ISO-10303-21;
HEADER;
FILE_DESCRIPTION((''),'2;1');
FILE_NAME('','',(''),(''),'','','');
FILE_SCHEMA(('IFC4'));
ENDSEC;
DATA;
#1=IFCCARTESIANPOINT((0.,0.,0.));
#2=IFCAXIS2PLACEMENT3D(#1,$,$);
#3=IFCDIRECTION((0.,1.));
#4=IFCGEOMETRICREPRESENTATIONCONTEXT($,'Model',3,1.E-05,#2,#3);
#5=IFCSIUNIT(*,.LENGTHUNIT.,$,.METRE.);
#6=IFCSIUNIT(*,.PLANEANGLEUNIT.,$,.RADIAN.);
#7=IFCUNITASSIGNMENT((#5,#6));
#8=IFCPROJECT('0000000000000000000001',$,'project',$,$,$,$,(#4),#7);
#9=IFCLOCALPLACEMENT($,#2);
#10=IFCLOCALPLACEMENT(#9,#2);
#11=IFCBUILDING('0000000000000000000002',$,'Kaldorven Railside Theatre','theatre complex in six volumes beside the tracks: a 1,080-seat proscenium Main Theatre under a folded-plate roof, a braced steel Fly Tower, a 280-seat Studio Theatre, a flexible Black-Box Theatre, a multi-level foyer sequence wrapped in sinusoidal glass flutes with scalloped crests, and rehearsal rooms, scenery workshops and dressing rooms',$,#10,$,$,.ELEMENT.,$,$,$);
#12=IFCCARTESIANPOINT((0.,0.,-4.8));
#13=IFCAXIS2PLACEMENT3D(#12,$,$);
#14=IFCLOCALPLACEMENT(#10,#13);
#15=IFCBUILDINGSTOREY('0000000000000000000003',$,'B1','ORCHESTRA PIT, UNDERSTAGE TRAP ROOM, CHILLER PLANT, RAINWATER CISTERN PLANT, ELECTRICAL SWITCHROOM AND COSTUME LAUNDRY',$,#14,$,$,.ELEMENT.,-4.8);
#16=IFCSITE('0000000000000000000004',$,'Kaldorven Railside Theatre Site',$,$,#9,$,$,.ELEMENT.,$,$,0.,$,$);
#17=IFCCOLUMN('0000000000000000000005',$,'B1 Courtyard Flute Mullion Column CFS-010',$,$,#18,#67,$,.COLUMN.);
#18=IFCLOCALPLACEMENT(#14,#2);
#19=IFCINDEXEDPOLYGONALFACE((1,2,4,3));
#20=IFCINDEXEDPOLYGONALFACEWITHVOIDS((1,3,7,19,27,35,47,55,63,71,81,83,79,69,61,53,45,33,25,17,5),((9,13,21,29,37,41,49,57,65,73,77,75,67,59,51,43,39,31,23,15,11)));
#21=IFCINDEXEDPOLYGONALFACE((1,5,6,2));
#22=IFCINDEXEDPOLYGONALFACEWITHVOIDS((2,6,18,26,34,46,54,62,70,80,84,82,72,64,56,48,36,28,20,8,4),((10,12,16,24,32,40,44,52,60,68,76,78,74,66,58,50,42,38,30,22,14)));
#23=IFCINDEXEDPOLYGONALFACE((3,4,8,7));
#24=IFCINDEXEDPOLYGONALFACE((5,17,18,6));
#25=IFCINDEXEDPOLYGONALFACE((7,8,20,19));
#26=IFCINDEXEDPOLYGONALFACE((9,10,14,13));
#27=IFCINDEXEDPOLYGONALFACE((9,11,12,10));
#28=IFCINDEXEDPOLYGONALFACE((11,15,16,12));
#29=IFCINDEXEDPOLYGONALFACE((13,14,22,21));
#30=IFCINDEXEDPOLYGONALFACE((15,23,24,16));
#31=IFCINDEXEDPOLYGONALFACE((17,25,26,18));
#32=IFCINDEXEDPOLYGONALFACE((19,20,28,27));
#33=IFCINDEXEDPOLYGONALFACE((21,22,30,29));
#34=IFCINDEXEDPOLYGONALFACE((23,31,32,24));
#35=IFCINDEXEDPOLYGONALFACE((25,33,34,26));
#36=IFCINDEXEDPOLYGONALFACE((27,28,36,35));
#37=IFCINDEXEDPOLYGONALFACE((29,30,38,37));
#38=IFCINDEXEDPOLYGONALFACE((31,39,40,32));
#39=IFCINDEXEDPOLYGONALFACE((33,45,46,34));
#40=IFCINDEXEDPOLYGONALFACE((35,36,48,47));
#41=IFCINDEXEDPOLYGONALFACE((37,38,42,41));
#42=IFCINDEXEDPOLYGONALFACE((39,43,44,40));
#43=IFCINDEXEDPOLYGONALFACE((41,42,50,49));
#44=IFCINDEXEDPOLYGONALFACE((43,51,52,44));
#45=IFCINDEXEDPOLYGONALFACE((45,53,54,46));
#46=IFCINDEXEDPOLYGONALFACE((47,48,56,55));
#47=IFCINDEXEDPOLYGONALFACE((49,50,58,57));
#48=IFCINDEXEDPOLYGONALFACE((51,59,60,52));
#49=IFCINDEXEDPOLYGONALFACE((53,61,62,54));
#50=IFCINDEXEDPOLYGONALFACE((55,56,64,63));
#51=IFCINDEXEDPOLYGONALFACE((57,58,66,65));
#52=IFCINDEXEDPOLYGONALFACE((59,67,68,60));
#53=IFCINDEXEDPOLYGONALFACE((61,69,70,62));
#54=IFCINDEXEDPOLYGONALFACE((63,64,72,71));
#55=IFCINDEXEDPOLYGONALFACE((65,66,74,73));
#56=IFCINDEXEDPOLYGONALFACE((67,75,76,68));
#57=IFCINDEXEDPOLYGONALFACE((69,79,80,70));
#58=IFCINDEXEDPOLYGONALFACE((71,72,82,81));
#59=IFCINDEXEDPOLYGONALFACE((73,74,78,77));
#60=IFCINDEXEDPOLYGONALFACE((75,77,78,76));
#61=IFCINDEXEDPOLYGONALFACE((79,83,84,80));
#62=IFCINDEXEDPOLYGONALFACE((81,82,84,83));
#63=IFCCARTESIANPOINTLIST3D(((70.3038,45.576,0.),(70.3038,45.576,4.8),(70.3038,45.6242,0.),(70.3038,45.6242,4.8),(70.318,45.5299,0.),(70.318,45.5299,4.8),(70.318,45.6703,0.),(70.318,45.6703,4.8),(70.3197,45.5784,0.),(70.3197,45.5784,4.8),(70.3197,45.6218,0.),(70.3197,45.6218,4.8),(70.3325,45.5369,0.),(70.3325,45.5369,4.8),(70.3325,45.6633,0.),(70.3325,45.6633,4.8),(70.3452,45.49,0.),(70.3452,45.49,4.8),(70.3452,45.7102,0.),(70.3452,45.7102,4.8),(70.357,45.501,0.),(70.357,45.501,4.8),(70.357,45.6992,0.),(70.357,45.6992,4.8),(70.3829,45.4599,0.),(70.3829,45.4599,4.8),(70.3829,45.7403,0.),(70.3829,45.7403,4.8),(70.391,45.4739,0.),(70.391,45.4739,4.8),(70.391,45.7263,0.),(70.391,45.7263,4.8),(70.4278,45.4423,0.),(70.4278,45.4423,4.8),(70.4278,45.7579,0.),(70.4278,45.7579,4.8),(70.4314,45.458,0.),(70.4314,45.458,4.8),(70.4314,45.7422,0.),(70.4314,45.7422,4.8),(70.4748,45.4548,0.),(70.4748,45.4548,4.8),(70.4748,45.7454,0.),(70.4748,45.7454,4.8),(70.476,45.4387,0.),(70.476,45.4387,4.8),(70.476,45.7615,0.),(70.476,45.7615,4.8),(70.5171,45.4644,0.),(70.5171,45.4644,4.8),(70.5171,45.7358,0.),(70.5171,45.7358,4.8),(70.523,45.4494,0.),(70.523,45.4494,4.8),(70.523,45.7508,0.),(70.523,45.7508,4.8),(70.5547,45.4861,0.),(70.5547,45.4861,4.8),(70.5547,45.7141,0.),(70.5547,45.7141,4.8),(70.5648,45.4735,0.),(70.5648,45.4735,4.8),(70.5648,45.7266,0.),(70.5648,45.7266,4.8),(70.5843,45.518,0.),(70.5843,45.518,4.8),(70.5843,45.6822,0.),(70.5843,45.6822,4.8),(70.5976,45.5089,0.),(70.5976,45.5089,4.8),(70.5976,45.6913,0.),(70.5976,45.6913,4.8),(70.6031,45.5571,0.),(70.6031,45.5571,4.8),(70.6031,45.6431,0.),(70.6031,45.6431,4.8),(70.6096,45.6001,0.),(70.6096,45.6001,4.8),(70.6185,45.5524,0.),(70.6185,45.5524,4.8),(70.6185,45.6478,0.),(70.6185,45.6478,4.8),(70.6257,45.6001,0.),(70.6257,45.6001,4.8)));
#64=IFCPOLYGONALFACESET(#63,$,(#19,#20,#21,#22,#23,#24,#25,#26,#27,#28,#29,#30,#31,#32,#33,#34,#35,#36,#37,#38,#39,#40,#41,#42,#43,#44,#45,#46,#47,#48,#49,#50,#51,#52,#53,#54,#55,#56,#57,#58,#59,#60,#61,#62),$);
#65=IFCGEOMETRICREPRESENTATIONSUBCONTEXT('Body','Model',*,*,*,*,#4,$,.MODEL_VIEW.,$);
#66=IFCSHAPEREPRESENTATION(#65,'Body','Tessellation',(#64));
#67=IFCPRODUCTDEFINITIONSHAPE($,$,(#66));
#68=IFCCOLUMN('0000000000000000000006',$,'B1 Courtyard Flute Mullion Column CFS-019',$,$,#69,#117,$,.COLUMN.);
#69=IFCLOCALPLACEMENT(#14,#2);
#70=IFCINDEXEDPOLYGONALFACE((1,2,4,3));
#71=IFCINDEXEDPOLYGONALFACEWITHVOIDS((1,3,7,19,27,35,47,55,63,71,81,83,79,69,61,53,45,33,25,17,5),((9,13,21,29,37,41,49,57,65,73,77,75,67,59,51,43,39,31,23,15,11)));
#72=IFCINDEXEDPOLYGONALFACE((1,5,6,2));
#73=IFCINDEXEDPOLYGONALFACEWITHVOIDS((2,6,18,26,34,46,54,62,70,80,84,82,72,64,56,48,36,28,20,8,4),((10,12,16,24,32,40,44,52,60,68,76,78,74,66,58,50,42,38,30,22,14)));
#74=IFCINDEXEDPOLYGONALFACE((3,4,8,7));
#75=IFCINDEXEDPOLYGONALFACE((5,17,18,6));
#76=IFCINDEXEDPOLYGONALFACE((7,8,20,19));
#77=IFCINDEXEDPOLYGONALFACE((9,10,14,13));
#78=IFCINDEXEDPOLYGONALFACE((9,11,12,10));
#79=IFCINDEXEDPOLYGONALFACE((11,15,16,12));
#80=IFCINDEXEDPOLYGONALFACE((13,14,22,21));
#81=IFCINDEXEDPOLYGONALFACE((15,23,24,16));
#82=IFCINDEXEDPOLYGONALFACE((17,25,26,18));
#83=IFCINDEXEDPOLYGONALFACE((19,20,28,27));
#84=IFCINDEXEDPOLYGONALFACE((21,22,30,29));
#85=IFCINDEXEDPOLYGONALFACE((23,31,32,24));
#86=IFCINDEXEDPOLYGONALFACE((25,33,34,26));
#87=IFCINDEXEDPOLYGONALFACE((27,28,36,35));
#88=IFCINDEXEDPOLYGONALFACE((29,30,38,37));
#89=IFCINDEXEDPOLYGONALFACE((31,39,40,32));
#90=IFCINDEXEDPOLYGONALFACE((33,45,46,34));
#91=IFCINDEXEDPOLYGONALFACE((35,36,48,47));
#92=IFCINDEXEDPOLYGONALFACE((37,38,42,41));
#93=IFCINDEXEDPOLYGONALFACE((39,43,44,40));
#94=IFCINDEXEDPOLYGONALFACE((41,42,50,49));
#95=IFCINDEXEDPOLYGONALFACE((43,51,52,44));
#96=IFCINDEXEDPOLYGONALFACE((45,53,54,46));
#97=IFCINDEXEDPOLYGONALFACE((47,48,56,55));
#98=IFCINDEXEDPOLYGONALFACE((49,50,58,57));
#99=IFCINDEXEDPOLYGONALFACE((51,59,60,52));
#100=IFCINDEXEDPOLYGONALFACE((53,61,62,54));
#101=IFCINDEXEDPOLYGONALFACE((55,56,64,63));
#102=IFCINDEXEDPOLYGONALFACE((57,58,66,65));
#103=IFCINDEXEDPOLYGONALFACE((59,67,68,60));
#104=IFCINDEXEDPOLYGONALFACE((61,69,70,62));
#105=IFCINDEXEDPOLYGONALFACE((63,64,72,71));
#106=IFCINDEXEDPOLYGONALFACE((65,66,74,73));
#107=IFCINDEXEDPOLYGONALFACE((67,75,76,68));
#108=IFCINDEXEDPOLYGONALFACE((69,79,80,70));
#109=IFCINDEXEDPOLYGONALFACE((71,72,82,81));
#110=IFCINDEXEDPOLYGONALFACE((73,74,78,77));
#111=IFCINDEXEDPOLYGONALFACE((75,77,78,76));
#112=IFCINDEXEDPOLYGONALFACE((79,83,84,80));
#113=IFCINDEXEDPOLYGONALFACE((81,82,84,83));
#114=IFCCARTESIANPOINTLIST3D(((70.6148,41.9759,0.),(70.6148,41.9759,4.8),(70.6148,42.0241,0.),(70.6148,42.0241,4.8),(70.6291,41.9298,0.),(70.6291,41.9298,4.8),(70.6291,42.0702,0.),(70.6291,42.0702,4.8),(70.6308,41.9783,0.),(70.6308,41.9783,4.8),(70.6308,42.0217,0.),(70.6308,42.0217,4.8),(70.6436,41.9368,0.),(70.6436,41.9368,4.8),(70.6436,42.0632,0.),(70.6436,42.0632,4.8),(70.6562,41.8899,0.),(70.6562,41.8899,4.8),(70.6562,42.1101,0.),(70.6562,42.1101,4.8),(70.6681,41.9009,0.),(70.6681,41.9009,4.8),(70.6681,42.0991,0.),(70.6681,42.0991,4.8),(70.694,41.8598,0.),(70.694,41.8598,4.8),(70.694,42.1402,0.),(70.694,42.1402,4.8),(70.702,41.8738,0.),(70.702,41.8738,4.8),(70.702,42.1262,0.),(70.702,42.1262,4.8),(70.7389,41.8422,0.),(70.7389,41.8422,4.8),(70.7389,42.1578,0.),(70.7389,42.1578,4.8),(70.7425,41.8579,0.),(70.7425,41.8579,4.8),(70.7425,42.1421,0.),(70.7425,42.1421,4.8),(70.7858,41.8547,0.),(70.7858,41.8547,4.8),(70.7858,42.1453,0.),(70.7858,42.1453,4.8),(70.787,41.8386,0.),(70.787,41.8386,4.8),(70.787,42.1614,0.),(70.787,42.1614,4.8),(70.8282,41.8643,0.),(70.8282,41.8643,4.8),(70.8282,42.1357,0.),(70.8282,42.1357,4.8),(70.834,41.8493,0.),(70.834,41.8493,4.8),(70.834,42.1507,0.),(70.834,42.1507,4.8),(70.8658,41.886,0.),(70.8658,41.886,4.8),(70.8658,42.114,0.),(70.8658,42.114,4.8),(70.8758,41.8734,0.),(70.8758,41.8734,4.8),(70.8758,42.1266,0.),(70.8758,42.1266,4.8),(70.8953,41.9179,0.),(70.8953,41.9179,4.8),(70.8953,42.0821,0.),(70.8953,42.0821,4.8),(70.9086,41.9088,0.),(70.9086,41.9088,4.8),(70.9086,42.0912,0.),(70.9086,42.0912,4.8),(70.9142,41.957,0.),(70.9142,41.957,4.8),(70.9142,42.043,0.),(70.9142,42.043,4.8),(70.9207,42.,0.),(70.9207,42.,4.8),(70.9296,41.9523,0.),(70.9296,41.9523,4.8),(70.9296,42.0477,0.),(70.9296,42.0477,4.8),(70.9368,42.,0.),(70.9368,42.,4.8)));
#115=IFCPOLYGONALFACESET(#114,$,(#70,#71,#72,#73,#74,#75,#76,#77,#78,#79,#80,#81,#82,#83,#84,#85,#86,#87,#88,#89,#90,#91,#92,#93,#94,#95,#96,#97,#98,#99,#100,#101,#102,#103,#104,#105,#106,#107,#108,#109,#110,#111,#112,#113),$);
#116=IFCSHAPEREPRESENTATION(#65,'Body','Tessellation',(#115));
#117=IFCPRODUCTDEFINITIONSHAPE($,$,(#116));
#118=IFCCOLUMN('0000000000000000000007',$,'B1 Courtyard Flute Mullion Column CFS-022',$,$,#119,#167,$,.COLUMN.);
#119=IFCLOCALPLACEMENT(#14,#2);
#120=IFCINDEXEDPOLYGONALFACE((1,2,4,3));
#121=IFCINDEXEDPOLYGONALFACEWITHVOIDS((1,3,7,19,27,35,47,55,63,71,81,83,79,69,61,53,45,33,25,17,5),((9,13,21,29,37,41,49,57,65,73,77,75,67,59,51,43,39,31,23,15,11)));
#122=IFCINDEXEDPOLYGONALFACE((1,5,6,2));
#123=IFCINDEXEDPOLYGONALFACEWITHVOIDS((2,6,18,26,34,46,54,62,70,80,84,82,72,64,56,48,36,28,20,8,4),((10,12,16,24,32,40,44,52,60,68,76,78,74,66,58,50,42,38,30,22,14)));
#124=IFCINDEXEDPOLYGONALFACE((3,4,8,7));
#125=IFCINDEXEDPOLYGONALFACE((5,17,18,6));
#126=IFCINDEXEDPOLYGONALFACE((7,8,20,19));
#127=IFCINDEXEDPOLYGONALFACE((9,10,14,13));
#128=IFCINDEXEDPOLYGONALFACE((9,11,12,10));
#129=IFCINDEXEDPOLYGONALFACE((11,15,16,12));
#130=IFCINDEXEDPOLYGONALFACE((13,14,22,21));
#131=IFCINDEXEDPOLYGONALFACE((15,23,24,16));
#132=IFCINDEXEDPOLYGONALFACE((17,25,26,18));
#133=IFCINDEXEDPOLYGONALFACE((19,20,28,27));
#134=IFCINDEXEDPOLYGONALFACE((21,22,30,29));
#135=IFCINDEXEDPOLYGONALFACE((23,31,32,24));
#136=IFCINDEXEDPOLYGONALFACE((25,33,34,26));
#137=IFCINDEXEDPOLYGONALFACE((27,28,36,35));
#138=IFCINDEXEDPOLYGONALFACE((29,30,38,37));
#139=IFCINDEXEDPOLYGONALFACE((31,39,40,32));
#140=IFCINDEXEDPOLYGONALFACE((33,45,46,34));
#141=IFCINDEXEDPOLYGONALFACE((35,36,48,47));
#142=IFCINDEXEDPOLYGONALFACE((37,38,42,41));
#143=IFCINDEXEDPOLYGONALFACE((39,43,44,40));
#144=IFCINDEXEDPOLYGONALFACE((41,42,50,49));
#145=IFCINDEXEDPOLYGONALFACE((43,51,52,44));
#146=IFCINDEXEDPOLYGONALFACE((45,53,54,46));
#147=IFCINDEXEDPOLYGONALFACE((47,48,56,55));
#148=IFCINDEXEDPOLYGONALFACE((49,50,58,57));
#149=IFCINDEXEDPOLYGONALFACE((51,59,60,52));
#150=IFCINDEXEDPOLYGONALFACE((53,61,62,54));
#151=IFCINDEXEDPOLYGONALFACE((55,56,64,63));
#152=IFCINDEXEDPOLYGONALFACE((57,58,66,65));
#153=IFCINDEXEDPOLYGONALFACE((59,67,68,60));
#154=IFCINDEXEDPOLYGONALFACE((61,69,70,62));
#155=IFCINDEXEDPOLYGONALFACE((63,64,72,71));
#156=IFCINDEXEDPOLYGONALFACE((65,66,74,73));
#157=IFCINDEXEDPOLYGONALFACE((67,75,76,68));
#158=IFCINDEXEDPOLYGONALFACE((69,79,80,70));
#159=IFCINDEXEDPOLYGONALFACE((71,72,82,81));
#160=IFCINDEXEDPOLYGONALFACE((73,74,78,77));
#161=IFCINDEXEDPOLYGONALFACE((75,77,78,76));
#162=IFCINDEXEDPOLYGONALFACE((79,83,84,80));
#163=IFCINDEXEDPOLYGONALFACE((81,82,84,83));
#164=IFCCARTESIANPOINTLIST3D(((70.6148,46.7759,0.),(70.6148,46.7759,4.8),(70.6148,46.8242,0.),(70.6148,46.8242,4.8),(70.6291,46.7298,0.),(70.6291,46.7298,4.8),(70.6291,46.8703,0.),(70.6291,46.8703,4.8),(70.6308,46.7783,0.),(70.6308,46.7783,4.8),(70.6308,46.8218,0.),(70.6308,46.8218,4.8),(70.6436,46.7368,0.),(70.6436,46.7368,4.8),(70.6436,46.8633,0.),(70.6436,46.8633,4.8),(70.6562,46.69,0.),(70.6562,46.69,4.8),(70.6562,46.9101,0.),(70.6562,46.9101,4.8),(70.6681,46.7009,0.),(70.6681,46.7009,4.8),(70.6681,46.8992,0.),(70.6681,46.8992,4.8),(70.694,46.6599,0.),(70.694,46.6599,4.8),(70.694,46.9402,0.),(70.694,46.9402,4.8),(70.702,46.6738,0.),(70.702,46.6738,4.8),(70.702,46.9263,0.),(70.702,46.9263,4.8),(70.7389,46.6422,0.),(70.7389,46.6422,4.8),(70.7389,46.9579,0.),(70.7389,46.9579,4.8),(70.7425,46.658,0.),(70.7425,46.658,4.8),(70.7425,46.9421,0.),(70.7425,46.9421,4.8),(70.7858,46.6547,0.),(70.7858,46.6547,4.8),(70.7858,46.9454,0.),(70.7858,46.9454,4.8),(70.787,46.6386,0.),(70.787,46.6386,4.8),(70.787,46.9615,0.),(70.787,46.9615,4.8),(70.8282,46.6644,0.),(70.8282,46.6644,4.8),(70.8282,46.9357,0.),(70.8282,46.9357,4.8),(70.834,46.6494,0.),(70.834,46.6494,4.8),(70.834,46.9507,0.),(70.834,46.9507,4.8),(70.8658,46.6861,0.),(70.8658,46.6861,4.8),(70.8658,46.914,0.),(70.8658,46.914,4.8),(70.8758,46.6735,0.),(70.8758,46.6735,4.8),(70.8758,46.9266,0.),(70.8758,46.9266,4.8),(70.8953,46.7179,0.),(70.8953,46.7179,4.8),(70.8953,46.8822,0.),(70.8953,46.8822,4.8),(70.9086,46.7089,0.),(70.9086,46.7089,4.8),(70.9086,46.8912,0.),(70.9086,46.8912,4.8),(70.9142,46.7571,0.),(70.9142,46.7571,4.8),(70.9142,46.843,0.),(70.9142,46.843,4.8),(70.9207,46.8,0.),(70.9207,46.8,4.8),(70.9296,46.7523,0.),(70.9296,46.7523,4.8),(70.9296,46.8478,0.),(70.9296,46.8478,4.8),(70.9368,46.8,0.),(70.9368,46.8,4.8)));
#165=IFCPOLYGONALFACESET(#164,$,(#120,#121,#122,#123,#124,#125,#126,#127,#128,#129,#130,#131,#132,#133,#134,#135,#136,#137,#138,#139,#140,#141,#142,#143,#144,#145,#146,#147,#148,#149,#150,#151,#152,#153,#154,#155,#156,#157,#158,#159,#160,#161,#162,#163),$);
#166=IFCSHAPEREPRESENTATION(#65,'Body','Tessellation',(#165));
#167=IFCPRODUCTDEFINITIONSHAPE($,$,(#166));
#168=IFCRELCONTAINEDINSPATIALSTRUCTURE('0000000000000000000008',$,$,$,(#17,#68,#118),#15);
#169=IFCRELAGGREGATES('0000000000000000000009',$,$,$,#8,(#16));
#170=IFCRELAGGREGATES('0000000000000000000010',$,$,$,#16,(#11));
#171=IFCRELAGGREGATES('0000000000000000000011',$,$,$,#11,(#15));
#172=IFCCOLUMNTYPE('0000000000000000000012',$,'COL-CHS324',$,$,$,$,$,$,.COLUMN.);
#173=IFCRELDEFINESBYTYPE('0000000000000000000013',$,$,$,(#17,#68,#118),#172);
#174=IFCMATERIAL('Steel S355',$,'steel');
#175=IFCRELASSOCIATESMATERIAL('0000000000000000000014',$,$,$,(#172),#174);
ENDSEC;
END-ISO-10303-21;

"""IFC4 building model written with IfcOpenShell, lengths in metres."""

from ifc_helpers import new_model, si_unit, direction, frame, origin, origin_2d, place, context, subcontext, project, spatial, hollow_circle, extrude, material, material_profile, profile_set, type_object, element, save


model = new_model("IFC4")

# Units and contexts
model_context = context("Model", 3, precision=1e-05, world=origin(), true_north=direction((0.0, 1.0)))
body_context = subcontext(model_context, "Body", "Model", "MODEL_VIEW")
ifc_project = project(units=[si_unit("LENGTHUNIT", "METRE"), si_unit("PLANEANGLEUNIT", "RADIAN")], contexts=[model_context])

# Site, building, storey
site_placement = place(None, origin())
site = spatial("IfcSite", under=ifc_project, at=site_placement, Name="Kaldorven Railside Theatre Site", CompositionType="ELEMENT", RefElevation=0.0)
building_placement = place(site_placement, origin())
building = spatial("IfcBuilding", under=site, at=building_placement, Name="Kaldorven Railside Theatre", Description="theatre complex in six volumes beside the tracks: a 1,080-seat proscenium Main Theatre under a folded-plate roof, a braced steel Fly Tower, a 280-seat Studio Theatre, a flexible Black-Box Theatre, a multi-level foyer sequence wrapped in sinusoidal glass flutes with scalloped crests, and rehearsal rooms, scenery workshops and dressing rooms", CompositionType="ELEMENT")
storey_placement = place(building_placement, frame((0.0, 0.0, -4.8)))
storey = spatial("IfcBuildingStorey", under=building, at=storey_placement, Name="B1", Description="ORCHESTRA PIT, UNDERSTAGE TRAP ROOM, CHILLER PLANT, RAINWATER CISTERN PLANT, ELECTRICAL SWITCHROOM AND COSTUME LAUNDRY", CompositionType="ELEMENT", Elevation=-4.8)

# Columns
ifc_material_1 = material(Name="Steel S355", Category="steel")
ifc_material_profile_1 = material_profile(ifc_material_1, hollow_circle(Radius=0.1619, WallThickness=0.0161, at=origin_2d()), Name="CHS 323.9x16")
ifc_profile_set_1 = profile_set([ifc_material_profile_1], Name="Steel S355")
column_type_1 = type_object("IfcColumnType", Name="COL-CHS324", PredefinedType="COLUMN", material=ifc_profile_set_1)
for number, where, z_axis, x_axis, name in (
    (1, (70.4639, 45.6001, 0.0), (0.0, 0.0, 1.0), (1.0, 0.0, 0.0), "B1 Courtyard Flute Mullion Column CFS-010"),
    (2, (70.7749, 42.0, 0.0), (0.0, 0.0, 1.0), (1.0, 0.0, 0.0), "B1 Courtyard Flute Mullion Column CFS-019"),
    (3, (70.7749, 46.8, 0.0), (0.0, 0.0, 1.0), (1.0, 0.0, 0.0), "B1 Courtyard Flute Mullion Column CFS-022"),
):
    element("IfcColumn", number, at=place(storey_placement, frame(where, z_axis=z_axis, x_axis=x_axis)), inside=storey, type_object=column_type_1, Name=name, PredefinedType="COLUMN", context=body_context, shape_type="SweptSolid", body=[
        extrude(hollow_circle(Radius=0.1619, WallThickness=0.0161, at=origin_2d()), origin(), (0.0, 0.0, 1.0), 4.8),
    ])

save(model, "model.ifc")
